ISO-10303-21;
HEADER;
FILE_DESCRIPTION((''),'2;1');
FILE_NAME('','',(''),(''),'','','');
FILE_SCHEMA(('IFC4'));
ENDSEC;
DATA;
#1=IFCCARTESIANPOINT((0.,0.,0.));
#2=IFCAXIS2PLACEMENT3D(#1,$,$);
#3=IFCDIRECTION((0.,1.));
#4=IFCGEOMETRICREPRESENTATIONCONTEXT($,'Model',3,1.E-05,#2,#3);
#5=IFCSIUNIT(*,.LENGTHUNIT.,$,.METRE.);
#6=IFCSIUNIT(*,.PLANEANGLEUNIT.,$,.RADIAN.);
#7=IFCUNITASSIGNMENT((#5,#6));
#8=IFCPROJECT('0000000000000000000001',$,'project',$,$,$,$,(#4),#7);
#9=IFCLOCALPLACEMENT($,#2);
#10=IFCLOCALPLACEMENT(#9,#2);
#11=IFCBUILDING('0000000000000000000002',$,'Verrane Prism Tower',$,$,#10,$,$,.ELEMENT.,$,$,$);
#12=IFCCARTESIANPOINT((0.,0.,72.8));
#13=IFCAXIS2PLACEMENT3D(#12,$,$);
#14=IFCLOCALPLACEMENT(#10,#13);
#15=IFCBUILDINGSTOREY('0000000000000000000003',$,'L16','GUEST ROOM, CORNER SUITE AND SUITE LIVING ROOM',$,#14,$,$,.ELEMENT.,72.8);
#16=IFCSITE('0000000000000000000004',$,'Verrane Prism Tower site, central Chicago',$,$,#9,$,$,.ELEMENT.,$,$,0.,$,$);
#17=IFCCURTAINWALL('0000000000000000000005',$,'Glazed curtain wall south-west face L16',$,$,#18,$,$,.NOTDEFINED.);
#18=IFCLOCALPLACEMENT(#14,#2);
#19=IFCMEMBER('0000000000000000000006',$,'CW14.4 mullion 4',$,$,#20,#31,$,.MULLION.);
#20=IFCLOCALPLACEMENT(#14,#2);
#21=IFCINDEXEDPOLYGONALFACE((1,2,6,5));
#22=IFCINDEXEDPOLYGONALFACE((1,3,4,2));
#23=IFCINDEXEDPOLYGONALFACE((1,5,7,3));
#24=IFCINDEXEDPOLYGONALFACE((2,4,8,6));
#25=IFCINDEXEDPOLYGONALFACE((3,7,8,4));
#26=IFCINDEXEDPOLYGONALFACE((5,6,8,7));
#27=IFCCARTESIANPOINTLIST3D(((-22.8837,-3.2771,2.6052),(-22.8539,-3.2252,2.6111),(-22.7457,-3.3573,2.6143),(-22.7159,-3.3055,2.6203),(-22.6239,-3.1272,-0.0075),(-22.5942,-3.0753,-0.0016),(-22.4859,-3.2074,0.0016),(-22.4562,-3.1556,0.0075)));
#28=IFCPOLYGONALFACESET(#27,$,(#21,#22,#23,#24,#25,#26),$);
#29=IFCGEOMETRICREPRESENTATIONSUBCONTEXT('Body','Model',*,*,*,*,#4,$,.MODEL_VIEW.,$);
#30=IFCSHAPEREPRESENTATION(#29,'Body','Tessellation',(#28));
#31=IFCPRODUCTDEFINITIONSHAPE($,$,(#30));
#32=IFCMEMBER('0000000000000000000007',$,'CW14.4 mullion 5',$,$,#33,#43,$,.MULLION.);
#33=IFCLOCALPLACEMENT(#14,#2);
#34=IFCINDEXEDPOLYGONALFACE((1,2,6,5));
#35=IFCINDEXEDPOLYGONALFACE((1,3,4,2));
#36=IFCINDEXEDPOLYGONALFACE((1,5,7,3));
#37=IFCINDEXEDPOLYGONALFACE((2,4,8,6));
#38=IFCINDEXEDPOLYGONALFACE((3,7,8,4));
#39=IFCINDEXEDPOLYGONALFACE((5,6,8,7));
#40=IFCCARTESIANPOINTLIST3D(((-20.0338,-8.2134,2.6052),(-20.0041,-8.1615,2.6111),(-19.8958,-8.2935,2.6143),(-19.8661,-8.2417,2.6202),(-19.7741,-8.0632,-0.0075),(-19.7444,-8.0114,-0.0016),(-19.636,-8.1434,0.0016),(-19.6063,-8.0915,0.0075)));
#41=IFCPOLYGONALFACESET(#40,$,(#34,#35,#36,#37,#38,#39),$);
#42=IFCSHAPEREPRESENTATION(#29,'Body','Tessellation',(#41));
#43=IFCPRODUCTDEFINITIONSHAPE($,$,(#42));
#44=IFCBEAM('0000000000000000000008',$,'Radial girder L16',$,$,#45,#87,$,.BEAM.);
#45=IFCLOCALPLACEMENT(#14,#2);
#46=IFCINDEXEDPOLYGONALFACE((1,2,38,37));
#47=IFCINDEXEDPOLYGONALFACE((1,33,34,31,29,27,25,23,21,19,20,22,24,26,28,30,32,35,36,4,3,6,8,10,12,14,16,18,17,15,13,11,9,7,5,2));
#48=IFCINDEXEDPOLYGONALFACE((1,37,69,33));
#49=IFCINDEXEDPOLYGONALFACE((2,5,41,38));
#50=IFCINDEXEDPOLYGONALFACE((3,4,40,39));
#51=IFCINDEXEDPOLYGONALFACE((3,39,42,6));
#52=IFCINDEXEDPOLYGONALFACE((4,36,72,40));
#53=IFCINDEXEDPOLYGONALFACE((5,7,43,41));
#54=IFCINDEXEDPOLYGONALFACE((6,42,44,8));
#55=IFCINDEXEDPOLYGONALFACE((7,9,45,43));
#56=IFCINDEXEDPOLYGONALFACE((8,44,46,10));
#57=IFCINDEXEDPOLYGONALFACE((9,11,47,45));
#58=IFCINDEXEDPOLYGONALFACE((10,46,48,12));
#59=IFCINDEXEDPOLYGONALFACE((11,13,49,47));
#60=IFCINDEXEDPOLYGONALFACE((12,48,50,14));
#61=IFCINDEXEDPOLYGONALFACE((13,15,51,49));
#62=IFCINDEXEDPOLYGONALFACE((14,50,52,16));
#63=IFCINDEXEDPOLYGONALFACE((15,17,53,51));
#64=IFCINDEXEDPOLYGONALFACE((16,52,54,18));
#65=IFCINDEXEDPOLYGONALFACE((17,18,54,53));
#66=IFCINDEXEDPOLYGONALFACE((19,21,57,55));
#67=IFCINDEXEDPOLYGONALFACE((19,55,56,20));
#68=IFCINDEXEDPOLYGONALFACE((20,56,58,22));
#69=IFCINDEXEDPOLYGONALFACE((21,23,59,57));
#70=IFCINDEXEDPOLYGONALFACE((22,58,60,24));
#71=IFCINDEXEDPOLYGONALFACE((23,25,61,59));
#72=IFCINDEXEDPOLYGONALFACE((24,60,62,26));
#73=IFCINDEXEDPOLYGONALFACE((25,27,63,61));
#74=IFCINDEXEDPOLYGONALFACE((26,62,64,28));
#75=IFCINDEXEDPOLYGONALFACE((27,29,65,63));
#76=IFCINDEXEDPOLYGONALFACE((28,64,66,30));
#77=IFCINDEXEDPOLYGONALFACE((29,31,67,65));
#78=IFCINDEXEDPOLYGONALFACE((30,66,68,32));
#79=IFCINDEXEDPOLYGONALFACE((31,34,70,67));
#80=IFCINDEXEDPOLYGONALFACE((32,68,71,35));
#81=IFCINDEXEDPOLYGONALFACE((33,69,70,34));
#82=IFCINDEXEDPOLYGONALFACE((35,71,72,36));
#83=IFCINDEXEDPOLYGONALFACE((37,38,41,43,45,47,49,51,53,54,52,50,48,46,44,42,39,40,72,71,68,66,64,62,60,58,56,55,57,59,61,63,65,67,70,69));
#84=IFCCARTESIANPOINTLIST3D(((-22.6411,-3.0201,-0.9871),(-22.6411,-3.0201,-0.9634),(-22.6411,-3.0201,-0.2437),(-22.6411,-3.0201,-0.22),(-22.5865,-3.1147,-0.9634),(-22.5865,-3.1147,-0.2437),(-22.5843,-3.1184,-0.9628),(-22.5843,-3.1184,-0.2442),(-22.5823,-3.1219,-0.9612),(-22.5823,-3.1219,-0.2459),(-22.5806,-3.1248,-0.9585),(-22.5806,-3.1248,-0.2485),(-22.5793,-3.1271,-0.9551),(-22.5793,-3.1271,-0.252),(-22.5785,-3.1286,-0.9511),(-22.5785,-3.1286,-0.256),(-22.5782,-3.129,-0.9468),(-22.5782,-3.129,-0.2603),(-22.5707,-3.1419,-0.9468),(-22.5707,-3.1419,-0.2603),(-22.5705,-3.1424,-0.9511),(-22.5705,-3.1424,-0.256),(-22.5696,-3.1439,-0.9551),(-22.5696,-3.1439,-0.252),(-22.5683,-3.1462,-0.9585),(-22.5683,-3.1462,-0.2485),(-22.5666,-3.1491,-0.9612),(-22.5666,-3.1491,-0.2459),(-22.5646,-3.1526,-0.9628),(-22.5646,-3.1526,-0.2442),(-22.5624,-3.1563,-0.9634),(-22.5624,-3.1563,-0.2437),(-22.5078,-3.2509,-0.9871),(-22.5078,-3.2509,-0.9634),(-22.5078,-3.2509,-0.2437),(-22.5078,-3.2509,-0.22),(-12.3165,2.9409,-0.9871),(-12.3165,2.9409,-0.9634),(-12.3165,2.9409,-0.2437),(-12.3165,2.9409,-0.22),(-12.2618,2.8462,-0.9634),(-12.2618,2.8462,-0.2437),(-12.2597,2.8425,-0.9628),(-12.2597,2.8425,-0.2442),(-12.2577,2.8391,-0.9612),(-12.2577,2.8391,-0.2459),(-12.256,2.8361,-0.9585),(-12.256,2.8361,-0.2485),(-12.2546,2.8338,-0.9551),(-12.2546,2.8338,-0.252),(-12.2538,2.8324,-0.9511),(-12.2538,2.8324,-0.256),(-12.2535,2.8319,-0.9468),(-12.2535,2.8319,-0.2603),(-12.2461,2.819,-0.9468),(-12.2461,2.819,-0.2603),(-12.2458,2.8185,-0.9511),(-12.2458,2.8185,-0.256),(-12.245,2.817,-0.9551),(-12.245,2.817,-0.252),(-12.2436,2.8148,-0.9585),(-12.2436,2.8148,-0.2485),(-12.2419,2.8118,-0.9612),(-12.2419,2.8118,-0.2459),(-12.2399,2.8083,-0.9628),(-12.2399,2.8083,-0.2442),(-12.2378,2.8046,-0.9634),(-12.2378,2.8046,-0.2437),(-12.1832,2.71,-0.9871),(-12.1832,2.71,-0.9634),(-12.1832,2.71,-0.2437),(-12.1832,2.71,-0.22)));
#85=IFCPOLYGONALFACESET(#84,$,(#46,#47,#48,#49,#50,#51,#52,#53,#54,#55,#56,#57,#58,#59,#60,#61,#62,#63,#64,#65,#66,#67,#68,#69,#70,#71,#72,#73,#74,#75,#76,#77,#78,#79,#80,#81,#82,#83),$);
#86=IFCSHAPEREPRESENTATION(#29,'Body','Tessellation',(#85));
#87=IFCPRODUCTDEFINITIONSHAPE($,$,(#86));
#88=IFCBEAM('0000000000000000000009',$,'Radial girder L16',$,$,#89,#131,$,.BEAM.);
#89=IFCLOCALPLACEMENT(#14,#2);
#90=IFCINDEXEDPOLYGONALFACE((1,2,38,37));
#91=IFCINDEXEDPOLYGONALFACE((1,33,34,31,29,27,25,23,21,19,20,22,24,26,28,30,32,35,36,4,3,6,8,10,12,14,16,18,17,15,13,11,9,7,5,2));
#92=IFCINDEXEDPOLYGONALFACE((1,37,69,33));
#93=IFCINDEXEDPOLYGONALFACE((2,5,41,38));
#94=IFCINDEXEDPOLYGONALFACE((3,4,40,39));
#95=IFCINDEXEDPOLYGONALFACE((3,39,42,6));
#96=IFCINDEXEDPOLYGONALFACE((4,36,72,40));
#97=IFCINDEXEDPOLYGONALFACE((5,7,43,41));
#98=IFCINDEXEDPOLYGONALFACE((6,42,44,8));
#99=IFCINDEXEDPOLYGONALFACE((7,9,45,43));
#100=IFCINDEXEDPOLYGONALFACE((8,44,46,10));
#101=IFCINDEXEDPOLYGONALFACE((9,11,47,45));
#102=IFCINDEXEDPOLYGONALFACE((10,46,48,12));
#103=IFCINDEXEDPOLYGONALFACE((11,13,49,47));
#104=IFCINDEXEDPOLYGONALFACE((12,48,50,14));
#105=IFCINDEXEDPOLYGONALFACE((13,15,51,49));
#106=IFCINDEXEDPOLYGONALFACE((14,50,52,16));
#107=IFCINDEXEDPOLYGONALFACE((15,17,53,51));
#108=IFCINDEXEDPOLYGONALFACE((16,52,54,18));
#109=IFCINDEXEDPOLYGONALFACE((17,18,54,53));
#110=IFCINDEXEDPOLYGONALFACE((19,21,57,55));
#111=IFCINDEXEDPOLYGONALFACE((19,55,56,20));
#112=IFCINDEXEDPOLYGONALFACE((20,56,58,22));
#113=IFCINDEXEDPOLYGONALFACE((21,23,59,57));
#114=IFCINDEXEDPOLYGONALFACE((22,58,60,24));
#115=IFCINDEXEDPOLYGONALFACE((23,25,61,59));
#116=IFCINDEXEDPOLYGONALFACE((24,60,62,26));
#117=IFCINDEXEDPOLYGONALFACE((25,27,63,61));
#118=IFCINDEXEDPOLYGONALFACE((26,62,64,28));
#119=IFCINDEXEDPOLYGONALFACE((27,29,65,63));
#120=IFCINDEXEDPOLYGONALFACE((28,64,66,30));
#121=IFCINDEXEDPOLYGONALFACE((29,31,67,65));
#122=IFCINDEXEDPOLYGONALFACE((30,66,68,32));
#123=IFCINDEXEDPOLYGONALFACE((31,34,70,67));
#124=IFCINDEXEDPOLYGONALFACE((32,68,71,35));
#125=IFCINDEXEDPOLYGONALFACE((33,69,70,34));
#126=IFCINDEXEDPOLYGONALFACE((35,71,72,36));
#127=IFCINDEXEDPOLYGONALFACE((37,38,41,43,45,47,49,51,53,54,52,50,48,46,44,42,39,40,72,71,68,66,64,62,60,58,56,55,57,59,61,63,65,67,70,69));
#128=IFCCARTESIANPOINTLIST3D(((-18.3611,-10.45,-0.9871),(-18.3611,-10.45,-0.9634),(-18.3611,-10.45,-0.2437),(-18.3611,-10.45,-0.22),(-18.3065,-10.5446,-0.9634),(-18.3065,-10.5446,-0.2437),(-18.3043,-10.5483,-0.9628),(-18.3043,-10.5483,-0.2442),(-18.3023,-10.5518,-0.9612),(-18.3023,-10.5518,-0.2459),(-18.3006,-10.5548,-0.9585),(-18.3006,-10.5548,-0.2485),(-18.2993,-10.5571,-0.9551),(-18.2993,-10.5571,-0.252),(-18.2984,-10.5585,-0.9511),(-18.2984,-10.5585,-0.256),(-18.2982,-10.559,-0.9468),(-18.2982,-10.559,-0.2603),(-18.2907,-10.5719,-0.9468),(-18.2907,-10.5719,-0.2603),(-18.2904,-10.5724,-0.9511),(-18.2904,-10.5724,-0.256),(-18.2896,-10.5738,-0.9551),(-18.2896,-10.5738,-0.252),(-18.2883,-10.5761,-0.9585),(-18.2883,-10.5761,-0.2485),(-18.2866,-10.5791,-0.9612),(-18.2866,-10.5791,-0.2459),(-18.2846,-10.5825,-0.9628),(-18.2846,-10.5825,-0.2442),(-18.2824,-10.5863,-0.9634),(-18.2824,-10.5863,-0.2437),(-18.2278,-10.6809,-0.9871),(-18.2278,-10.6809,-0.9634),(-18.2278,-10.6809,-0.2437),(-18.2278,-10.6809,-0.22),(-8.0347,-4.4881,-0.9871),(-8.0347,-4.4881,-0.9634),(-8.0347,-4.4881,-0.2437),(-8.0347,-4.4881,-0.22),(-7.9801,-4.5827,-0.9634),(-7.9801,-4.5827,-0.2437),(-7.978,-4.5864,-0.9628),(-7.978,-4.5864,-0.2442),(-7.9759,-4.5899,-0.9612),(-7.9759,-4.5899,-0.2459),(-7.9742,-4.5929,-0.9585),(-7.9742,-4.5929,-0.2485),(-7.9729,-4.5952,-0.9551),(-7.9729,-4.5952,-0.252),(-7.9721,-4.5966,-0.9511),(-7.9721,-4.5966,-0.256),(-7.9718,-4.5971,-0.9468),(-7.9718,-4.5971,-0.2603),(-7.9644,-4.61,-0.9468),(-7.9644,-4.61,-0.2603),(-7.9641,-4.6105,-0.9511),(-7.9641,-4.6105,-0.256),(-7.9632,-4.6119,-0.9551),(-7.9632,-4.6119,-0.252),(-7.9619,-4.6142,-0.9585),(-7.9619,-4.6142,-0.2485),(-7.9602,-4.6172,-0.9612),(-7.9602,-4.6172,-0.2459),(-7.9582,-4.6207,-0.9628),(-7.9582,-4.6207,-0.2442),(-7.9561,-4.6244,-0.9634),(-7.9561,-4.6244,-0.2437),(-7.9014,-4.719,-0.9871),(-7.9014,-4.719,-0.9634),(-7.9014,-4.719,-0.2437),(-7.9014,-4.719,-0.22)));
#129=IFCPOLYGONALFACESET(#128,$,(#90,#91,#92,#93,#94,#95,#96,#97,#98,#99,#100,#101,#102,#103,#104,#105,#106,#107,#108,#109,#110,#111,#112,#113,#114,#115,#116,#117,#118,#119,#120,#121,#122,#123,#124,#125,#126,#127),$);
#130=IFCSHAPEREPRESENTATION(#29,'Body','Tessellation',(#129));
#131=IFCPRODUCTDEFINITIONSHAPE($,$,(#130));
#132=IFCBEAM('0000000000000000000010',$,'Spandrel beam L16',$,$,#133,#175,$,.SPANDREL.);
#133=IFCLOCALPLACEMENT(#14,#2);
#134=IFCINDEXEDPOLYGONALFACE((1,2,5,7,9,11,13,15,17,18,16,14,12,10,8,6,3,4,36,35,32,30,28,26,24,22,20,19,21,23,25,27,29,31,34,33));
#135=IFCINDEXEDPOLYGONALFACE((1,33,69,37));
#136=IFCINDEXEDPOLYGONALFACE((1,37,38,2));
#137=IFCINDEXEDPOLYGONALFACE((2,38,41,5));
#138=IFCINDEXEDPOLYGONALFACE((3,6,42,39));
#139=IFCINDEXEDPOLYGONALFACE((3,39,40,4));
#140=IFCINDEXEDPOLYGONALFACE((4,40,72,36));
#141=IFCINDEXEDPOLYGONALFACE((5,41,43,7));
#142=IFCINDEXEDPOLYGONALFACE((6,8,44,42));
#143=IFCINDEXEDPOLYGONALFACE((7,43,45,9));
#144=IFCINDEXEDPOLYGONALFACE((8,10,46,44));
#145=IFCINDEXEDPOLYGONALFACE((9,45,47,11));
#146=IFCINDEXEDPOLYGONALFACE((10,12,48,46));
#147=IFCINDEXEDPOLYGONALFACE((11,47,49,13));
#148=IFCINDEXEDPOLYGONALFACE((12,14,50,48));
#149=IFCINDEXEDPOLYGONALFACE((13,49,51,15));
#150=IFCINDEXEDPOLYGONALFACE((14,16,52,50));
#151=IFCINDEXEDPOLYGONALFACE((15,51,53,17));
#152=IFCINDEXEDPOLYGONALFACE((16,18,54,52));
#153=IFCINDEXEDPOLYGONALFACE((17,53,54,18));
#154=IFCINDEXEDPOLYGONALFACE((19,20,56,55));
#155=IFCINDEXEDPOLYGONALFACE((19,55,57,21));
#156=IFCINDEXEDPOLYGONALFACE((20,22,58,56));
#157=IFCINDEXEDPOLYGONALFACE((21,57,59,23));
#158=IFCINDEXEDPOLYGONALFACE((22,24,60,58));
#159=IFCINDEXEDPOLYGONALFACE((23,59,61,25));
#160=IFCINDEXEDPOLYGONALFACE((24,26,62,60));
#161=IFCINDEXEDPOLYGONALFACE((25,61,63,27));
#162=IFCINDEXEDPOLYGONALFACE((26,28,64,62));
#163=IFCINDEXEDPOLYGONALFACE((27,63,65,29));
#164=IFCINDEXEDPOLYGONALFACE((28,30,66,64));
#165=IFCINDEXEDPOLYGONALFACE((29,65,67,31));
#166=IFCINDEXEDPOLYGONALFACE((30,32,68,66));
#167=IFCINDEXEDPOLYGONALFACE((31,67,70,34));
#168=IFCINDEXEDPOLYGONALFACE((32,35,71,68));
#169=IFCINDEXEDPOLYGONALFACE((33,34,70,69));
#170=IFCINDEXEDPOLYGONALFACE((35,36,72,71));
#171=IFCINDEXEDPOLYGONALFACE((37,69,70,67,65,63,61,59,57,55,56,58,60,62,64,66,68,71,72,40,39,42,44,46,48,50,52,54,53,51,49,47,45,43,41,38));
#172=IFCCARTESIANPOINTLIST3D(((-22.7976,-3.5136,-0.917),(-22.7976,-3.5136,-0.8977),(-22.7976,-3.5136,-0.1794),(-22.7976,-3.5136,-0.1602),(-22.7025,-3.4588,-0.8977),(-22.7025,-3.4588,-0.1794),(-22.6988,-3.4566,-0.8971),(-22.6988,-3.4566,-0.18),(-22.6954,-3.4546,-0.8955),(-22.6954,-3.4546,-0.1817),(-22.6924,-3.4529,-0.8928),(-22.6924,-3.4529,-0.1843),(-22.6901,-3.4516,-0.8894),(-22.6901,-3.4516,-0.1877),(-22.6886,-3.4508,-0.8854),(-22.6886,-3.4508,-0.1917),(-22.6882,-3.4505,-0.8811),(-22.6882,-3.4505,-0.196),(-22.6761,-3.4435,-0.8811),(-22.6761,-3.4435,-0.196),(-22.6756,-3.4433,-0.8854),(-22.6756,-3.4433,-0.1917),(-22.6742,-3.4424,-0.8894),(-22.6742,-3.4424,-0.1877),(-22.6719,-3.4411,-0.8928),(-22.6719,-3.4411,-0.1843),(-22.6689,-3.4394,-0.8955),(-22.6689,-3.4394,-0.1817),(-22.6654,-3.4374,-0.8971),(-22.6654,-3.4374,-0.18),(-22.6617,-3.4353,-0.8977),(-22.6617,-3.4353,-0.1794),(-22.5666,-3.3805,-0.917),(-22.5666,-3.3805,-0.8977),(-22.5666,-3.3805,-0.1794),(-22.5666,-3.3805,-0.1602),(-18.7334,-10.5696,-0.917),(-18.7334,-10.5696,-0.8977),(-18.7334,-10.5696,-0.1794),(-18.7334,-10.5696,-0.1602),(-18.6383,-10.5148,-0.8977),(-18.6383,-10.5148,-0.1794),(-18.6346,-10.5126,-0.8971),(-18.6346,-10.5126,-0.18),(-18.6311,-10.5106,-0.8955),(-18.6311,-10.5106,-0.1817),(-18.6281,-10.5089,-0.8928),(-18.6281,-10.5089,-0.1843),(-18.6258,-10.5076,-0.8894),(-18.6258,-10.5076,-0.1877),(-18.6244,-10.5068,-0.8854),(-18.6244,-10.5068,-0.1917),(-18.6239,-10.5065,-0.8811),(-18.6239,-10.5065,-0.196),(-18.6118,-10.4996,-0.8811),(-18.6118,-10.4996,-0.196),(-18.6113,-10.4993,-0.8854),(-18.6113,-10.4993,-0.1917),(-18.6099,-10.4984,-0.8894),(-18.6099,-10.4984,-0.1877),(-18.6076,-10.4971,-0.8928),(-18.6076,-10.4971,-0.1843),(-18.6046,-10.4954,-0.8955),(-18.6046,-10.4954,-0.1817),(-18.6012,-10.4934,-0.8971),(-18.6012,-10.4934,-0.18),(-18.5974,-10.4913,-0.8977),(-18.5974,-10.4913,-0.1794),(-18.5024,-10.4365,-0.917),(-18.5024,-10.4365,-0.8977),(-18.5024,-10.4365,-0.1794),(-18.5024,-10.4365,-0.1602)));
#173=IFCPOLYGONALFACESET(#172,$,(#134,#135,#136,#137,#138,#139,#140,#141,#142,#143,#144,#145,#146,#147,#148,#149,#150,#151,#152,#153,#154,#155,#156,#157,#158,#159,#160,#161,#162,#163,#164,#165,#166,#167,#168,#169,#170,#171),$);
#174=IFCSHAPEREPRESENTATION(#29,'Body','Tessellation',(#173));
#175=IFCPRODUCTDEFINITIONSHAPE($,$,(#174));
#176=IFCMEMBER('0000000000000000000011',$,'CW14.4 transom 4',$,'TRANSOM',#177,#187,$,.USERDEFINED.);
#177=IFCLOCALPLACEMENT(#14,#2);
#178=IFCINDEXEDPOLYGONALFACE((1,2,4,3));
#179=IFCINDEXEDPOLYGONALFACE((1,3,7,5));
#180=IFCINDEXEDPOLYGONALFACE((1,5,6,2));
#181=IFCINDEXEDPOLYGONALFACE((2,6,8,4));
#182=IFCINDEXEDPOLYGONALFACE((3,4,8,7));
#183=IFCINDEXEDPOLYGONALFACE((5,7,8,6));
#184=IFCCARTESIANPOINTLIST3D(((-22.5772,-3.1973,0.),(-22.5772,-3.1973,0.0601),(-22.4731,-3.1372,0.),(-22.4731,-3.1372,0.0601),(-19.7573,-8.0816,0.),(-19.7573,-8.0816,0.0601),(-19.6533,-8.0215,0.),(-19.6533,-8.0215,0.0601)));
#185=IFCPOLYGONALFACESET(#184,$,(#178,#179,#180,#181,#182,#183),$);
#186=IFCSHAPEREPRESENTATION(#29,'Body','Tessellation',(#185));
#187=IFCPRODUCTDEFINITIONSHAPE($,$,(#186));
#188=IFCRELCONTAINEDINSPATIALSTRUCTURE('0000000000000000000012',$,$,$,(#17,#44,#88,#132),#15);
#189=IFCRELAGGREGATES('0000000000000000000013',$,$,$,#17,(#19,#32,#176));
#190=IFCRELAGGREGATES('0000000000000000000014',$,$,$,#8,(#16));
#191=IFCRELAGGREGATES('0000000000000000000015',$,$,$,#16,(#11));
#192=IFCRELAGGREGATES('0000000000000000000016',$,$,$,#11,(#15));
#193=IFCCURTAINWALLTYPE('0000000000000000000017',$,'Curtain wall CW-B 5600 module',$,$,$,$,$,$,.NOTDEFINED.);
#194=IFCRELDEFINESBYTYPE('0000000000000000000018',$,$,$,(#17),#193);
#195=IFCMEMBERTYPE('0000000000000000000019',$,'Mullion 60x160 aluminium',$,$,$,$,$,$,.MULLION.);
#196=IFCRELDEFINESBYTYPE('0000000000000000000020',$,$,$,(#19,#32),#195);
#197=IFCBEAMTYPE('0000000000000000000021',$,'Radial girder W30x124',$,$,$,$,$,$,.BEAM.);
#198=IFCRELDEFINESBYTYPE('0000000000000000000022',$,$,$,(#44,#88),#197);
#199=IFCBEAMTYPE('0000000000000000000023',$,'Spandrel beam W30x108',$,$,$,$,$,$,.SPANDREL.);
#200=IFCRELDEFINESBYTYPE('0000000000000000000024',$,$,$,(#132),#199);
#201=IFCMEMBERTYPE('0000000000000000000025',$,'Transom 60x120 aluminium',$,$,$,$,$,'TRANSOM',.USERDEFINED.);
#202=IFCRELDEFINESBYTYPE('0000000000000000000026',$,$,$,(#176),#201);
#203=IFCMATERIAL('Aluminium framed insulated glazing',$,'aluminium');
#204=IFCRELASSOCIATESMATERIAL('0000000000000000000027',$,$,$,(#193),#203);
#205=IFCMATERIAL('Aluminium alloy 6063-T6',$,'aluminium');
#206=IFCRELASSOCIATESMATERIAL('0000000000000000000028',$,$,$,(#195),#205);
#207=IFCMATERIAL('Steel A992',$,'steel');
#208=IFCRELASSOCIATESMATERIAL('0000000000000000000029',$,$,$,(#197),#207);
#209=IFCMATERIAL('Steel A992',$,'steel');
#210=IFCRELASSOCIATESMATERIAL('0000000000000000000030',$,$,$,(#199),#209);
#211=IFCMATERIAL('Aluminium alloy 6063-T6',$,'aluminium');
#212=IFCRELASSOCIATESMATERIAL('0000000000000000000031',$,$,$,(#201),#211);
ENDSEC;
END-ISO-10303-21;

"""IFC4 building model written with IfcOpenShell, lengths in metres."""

from ifc_helpers import new_model, si_unit, direction, frame, origin, origin_2d, place, context, subcontext, project, spatial, rectangle, i_section, extrude, material, material_profile, profile_set, type_object, element, aggregate, save


model = new_model("IFC4")

# Units and contexts
model_context = context("Model", 3, precision=1e-05, world=origin(), true_north=direction((0.0, 1.0)))
body_context = subcontext(model_context, "Body", "Model", "MODEL_VIEW")
ifc_project = project(units=[si_unit("LENGTHUNIT", "METRE"), si_unit("PLANEANGLEUNIT", "RADIAN")], contexts=[model_context])

# Site, building, storey
site_placement = place(None, origin())
site = spatial("IfcSite", under=ifc_project, at=site_placement, Name="Verrane Prism Tower site, central Chicago", CompositionType="ELEMENT", RefElevation=0.0)
building_placement = place(site_placement, origin())
building = spatial("IfcBuilding", under=site, at=building_placement, Name="Verrane Prism Tower", CompositionType="ELEMENT")
storey_placement = place(building_placement, frame((0.0, 0.0, 72.8)))
storey = spatial("IfcBuildingStorey", under=building, at=storey_placement, Name="L16", Description="GUEST ROOM, CORNER SUITE AND SUITE LIVING ROOM", CompositionType="ELEMENT", Elevation=72.8)

# Curtain wall, members
ifc_material_1 = material(Name="Aluminium framed insulated glazing", Category="aluminium")
curtain_wall_type = type_object("IfcCurtainWallType", Name="Curtain wall CW-B 5600 module", PredefinedType="NOTDEFINED", material=ifc_material_1)
curtain_wall_placement = place(storey_placement, origin())
curtain_wall = element("IfcCurtainWall", 1, at=curtain_wall_placement, inside=storey, type_object=curtain_wall_type, Name="Glazed curtain wall south-west face L16", PredefinedType="NOTDEFINED")
ifc_material_2 = material(Name="Aluminium alloy 6063-T6", Category="aluminium")
ifc_material_profile_1 = material_profile(ifc_material_2, rectangle(XDim=0.1599, YDim=0.0601, at=origin_2d()), Name="Mullion 60x160 aluminium")
ifc_profile_set_1 = profile_set([ifc_material_profile_1], Name="Aluminium alloy 6063-T6")
member_type_1 = type_object("IfcMemberType", Name="Mullion 60x160 aluminium", PredefinedType="MULLION", material=ifc_profile_set_1)
member_1_placement = place(storey_placement, frame((-22.54, -3.1414, 0.0), z_axis=(-0.098772, -0.056998, 0.993476), x_axis=(0.863094, -0.501814, 0.057019)))
member_1 = element("IfcMember", 2, at=member_1_placement, type_object=member_type_1, Name="CW14.4 mullion 4", PredefinedType="MULLION", context=body_context, shape_type="SweptSolid", body=[
    extrude(rectangle(XDim=0.1599, YDim=0.0601, at=origin_2d()), origin(), (0.0, 0.0, 1.0), 2.6299),
])
member_2_placement = place(storey_placement, frame((-19.6902, -8.0774, 0.0), z_axis=(-0.098772, -0.057091, 0.993471), x_axis=(0.863446, -0.501207, 0.057042)))
member_2 = element("IfcMember", 3, at=member_2_placement, type_object=member_type_1, Name="CW14.4 mullion 5", PredefinedType="MULLION", context=body_context, shape_type="SweptSolid", body=[
    extrude(rectangle(XDim=0.1599, YDim=0.0601, at=origin_2d()), origin(), (0.0, 0.0, 1.0), 2.6299),
])

# Beams
ifc_material_3 = material(Name="Steel A992", Category="steel")
ifc_material_profile_2 = material_profile(ifc_material_3, i_section(OverallWidth=0.2666, OverallDepth=0.7671, WebThickness=0.0149, FlangeThickness=0.0237, FilletRadius=0.0166, at=origin_2d()), Name="W30x124")
ifc_profile_set_2 = profile_set([ifc_material_profile_2], Name="Steel A992")
beam_type_1 = type_object("IfcBeamType", Name="Radial girder W30x124", PredefinedType="BEAM", material=ifc_profile_set_2)
beam_1_placement = place(storey_placement, frame((-22.5745, -3.1355, -0.6035), z_axis=(0.866027, 0.499998, 0.0), x_axis=(-0.499998, 0.866027, 0.0)))
element("IfcBeam", 4, at=beam_1_placement, inside=storey, type_object=beam_type_1, Name="Radial girder L16", PredefinedType="BEAM", context=body_context, shape_type="SweptSolid", body=[
    extrude(i_section(OverallWidth=0.2666, OverallDepth=0.7671, WebThickness=0.0149, FlangeThickness=0.0237, FilletRadius=0.0166, at=origin_2d()), origin(), (0.0, 0.0, 1.0), 11.9219),
])
beam_2_placement = place(storey_placement, frame((-18.2944, -10.5654, -0.6035), z_axis=(0.866027, 0.499997, 0.0), x_axis=(-0.499997, 0.866027, 0.0)))
element("IfcBeam", 5, at=beam_2_placement, inside=storey, type_object=beam_type_1, Name="Radial girder L16", PredefinedType="BEAM", context=body_context, shape_type="SweptSolid", body=[
    extrude(i_section(OverallWidth=0.2666, OverallDepth=0.7671, WebThickness=0.0149, FlangeThickness=0.0237, FilletRadius=0.0166, at=origin_2d()), origin(), (0.0, 0.0, 1.0), 11.9238),
])
ifc_material_4 = material(Name="Steel A992", Category="steel")
ifc_material_profile_3 = material_profile(ifc_material_4, i_section(OverallWidth=0.2666, OverallDepth=0.7568, WebThickness=0.0139, FlangeThickness=0.0193, FilletRadius=0.0166, at=origin_2d()), Name="W30x108")
ifc_profile_set_3 = profile_set([ifc_material_profile_3], Name="Steel A992")
beam_type_2 = type_object("IfcBeamType", Name="Spandrel beam W30x108", PredefinedType="SPANDREL", material=ifc_profile_set_3)
beam_3_placement = place(storey_placement, frame((-22.6821, -3.447, -0.5386), z_axis=(0.499123, -0.866531, 0.0), x_axis=(0.866531, 0.499123, 0.0)))
element("IfcBeam", 6, at=beam_3_placement, inside=storey, type_object=beam_type_2, Name="Spandrel beam L16", PredefinedType="SPANDREL", context=body_context, shape_type="SweptSolid", body=[
    extrude(i_section(OverallWidth=0.2666, OverallDepth=0.7568, WebThickness=0.0139, FlangeThickness=0.0193, FilletRadius=0.0166, at=origin_2d()), origin(), (0.0, 0.0, 1.0), 8.1428),
])

# Member
ifc_material_5 = material(Name="Aluminium alloy 6063-T6", Category="aluminium")
ifc_material_profile_4 = material_profile(ifc_material_5, rectangle(XDim=0.1201, YDim=0.0601, at=origin_2d()), Name="Transom 60x120 aluminium")
ifc_profile_set_4 = profile_set([ifc_material_profile_4], Name="Aluminium alloy 6063-T6")
member_type_2 = type_object("IfcMemberType", Name="Transom 60x120 aluminium", ElementType="TRANSOM", PredefinedType="USERDEFINED", material=ifc_profile_set_4)
member_3_placement = place(storey_placement, frame((-22.5251, -3.1672, 0.03), z_axis=(0.499985, -0.866034, 0.0), x_axis=(0.866034, 0.499985, 0.0)))
member_3 = element("IfcMember", 7, at=member_3_placement, type_object=member_type_2, Name="CW14.4 transom 4", ObjectType="TRANSOM", PredefinedType="USERDEFINED", context=body_context, shape_type="SweptSolid", body=[
    extrude(rectangle(XDim=0.1201, YDim=0.0601, at=origin_2d()), origin(), (0.0, 0.0, 1.0), 5.6399),
])

aggregate(curtain_wall, [member_1, member_2, member_3])

save(model, "model.ifc")
